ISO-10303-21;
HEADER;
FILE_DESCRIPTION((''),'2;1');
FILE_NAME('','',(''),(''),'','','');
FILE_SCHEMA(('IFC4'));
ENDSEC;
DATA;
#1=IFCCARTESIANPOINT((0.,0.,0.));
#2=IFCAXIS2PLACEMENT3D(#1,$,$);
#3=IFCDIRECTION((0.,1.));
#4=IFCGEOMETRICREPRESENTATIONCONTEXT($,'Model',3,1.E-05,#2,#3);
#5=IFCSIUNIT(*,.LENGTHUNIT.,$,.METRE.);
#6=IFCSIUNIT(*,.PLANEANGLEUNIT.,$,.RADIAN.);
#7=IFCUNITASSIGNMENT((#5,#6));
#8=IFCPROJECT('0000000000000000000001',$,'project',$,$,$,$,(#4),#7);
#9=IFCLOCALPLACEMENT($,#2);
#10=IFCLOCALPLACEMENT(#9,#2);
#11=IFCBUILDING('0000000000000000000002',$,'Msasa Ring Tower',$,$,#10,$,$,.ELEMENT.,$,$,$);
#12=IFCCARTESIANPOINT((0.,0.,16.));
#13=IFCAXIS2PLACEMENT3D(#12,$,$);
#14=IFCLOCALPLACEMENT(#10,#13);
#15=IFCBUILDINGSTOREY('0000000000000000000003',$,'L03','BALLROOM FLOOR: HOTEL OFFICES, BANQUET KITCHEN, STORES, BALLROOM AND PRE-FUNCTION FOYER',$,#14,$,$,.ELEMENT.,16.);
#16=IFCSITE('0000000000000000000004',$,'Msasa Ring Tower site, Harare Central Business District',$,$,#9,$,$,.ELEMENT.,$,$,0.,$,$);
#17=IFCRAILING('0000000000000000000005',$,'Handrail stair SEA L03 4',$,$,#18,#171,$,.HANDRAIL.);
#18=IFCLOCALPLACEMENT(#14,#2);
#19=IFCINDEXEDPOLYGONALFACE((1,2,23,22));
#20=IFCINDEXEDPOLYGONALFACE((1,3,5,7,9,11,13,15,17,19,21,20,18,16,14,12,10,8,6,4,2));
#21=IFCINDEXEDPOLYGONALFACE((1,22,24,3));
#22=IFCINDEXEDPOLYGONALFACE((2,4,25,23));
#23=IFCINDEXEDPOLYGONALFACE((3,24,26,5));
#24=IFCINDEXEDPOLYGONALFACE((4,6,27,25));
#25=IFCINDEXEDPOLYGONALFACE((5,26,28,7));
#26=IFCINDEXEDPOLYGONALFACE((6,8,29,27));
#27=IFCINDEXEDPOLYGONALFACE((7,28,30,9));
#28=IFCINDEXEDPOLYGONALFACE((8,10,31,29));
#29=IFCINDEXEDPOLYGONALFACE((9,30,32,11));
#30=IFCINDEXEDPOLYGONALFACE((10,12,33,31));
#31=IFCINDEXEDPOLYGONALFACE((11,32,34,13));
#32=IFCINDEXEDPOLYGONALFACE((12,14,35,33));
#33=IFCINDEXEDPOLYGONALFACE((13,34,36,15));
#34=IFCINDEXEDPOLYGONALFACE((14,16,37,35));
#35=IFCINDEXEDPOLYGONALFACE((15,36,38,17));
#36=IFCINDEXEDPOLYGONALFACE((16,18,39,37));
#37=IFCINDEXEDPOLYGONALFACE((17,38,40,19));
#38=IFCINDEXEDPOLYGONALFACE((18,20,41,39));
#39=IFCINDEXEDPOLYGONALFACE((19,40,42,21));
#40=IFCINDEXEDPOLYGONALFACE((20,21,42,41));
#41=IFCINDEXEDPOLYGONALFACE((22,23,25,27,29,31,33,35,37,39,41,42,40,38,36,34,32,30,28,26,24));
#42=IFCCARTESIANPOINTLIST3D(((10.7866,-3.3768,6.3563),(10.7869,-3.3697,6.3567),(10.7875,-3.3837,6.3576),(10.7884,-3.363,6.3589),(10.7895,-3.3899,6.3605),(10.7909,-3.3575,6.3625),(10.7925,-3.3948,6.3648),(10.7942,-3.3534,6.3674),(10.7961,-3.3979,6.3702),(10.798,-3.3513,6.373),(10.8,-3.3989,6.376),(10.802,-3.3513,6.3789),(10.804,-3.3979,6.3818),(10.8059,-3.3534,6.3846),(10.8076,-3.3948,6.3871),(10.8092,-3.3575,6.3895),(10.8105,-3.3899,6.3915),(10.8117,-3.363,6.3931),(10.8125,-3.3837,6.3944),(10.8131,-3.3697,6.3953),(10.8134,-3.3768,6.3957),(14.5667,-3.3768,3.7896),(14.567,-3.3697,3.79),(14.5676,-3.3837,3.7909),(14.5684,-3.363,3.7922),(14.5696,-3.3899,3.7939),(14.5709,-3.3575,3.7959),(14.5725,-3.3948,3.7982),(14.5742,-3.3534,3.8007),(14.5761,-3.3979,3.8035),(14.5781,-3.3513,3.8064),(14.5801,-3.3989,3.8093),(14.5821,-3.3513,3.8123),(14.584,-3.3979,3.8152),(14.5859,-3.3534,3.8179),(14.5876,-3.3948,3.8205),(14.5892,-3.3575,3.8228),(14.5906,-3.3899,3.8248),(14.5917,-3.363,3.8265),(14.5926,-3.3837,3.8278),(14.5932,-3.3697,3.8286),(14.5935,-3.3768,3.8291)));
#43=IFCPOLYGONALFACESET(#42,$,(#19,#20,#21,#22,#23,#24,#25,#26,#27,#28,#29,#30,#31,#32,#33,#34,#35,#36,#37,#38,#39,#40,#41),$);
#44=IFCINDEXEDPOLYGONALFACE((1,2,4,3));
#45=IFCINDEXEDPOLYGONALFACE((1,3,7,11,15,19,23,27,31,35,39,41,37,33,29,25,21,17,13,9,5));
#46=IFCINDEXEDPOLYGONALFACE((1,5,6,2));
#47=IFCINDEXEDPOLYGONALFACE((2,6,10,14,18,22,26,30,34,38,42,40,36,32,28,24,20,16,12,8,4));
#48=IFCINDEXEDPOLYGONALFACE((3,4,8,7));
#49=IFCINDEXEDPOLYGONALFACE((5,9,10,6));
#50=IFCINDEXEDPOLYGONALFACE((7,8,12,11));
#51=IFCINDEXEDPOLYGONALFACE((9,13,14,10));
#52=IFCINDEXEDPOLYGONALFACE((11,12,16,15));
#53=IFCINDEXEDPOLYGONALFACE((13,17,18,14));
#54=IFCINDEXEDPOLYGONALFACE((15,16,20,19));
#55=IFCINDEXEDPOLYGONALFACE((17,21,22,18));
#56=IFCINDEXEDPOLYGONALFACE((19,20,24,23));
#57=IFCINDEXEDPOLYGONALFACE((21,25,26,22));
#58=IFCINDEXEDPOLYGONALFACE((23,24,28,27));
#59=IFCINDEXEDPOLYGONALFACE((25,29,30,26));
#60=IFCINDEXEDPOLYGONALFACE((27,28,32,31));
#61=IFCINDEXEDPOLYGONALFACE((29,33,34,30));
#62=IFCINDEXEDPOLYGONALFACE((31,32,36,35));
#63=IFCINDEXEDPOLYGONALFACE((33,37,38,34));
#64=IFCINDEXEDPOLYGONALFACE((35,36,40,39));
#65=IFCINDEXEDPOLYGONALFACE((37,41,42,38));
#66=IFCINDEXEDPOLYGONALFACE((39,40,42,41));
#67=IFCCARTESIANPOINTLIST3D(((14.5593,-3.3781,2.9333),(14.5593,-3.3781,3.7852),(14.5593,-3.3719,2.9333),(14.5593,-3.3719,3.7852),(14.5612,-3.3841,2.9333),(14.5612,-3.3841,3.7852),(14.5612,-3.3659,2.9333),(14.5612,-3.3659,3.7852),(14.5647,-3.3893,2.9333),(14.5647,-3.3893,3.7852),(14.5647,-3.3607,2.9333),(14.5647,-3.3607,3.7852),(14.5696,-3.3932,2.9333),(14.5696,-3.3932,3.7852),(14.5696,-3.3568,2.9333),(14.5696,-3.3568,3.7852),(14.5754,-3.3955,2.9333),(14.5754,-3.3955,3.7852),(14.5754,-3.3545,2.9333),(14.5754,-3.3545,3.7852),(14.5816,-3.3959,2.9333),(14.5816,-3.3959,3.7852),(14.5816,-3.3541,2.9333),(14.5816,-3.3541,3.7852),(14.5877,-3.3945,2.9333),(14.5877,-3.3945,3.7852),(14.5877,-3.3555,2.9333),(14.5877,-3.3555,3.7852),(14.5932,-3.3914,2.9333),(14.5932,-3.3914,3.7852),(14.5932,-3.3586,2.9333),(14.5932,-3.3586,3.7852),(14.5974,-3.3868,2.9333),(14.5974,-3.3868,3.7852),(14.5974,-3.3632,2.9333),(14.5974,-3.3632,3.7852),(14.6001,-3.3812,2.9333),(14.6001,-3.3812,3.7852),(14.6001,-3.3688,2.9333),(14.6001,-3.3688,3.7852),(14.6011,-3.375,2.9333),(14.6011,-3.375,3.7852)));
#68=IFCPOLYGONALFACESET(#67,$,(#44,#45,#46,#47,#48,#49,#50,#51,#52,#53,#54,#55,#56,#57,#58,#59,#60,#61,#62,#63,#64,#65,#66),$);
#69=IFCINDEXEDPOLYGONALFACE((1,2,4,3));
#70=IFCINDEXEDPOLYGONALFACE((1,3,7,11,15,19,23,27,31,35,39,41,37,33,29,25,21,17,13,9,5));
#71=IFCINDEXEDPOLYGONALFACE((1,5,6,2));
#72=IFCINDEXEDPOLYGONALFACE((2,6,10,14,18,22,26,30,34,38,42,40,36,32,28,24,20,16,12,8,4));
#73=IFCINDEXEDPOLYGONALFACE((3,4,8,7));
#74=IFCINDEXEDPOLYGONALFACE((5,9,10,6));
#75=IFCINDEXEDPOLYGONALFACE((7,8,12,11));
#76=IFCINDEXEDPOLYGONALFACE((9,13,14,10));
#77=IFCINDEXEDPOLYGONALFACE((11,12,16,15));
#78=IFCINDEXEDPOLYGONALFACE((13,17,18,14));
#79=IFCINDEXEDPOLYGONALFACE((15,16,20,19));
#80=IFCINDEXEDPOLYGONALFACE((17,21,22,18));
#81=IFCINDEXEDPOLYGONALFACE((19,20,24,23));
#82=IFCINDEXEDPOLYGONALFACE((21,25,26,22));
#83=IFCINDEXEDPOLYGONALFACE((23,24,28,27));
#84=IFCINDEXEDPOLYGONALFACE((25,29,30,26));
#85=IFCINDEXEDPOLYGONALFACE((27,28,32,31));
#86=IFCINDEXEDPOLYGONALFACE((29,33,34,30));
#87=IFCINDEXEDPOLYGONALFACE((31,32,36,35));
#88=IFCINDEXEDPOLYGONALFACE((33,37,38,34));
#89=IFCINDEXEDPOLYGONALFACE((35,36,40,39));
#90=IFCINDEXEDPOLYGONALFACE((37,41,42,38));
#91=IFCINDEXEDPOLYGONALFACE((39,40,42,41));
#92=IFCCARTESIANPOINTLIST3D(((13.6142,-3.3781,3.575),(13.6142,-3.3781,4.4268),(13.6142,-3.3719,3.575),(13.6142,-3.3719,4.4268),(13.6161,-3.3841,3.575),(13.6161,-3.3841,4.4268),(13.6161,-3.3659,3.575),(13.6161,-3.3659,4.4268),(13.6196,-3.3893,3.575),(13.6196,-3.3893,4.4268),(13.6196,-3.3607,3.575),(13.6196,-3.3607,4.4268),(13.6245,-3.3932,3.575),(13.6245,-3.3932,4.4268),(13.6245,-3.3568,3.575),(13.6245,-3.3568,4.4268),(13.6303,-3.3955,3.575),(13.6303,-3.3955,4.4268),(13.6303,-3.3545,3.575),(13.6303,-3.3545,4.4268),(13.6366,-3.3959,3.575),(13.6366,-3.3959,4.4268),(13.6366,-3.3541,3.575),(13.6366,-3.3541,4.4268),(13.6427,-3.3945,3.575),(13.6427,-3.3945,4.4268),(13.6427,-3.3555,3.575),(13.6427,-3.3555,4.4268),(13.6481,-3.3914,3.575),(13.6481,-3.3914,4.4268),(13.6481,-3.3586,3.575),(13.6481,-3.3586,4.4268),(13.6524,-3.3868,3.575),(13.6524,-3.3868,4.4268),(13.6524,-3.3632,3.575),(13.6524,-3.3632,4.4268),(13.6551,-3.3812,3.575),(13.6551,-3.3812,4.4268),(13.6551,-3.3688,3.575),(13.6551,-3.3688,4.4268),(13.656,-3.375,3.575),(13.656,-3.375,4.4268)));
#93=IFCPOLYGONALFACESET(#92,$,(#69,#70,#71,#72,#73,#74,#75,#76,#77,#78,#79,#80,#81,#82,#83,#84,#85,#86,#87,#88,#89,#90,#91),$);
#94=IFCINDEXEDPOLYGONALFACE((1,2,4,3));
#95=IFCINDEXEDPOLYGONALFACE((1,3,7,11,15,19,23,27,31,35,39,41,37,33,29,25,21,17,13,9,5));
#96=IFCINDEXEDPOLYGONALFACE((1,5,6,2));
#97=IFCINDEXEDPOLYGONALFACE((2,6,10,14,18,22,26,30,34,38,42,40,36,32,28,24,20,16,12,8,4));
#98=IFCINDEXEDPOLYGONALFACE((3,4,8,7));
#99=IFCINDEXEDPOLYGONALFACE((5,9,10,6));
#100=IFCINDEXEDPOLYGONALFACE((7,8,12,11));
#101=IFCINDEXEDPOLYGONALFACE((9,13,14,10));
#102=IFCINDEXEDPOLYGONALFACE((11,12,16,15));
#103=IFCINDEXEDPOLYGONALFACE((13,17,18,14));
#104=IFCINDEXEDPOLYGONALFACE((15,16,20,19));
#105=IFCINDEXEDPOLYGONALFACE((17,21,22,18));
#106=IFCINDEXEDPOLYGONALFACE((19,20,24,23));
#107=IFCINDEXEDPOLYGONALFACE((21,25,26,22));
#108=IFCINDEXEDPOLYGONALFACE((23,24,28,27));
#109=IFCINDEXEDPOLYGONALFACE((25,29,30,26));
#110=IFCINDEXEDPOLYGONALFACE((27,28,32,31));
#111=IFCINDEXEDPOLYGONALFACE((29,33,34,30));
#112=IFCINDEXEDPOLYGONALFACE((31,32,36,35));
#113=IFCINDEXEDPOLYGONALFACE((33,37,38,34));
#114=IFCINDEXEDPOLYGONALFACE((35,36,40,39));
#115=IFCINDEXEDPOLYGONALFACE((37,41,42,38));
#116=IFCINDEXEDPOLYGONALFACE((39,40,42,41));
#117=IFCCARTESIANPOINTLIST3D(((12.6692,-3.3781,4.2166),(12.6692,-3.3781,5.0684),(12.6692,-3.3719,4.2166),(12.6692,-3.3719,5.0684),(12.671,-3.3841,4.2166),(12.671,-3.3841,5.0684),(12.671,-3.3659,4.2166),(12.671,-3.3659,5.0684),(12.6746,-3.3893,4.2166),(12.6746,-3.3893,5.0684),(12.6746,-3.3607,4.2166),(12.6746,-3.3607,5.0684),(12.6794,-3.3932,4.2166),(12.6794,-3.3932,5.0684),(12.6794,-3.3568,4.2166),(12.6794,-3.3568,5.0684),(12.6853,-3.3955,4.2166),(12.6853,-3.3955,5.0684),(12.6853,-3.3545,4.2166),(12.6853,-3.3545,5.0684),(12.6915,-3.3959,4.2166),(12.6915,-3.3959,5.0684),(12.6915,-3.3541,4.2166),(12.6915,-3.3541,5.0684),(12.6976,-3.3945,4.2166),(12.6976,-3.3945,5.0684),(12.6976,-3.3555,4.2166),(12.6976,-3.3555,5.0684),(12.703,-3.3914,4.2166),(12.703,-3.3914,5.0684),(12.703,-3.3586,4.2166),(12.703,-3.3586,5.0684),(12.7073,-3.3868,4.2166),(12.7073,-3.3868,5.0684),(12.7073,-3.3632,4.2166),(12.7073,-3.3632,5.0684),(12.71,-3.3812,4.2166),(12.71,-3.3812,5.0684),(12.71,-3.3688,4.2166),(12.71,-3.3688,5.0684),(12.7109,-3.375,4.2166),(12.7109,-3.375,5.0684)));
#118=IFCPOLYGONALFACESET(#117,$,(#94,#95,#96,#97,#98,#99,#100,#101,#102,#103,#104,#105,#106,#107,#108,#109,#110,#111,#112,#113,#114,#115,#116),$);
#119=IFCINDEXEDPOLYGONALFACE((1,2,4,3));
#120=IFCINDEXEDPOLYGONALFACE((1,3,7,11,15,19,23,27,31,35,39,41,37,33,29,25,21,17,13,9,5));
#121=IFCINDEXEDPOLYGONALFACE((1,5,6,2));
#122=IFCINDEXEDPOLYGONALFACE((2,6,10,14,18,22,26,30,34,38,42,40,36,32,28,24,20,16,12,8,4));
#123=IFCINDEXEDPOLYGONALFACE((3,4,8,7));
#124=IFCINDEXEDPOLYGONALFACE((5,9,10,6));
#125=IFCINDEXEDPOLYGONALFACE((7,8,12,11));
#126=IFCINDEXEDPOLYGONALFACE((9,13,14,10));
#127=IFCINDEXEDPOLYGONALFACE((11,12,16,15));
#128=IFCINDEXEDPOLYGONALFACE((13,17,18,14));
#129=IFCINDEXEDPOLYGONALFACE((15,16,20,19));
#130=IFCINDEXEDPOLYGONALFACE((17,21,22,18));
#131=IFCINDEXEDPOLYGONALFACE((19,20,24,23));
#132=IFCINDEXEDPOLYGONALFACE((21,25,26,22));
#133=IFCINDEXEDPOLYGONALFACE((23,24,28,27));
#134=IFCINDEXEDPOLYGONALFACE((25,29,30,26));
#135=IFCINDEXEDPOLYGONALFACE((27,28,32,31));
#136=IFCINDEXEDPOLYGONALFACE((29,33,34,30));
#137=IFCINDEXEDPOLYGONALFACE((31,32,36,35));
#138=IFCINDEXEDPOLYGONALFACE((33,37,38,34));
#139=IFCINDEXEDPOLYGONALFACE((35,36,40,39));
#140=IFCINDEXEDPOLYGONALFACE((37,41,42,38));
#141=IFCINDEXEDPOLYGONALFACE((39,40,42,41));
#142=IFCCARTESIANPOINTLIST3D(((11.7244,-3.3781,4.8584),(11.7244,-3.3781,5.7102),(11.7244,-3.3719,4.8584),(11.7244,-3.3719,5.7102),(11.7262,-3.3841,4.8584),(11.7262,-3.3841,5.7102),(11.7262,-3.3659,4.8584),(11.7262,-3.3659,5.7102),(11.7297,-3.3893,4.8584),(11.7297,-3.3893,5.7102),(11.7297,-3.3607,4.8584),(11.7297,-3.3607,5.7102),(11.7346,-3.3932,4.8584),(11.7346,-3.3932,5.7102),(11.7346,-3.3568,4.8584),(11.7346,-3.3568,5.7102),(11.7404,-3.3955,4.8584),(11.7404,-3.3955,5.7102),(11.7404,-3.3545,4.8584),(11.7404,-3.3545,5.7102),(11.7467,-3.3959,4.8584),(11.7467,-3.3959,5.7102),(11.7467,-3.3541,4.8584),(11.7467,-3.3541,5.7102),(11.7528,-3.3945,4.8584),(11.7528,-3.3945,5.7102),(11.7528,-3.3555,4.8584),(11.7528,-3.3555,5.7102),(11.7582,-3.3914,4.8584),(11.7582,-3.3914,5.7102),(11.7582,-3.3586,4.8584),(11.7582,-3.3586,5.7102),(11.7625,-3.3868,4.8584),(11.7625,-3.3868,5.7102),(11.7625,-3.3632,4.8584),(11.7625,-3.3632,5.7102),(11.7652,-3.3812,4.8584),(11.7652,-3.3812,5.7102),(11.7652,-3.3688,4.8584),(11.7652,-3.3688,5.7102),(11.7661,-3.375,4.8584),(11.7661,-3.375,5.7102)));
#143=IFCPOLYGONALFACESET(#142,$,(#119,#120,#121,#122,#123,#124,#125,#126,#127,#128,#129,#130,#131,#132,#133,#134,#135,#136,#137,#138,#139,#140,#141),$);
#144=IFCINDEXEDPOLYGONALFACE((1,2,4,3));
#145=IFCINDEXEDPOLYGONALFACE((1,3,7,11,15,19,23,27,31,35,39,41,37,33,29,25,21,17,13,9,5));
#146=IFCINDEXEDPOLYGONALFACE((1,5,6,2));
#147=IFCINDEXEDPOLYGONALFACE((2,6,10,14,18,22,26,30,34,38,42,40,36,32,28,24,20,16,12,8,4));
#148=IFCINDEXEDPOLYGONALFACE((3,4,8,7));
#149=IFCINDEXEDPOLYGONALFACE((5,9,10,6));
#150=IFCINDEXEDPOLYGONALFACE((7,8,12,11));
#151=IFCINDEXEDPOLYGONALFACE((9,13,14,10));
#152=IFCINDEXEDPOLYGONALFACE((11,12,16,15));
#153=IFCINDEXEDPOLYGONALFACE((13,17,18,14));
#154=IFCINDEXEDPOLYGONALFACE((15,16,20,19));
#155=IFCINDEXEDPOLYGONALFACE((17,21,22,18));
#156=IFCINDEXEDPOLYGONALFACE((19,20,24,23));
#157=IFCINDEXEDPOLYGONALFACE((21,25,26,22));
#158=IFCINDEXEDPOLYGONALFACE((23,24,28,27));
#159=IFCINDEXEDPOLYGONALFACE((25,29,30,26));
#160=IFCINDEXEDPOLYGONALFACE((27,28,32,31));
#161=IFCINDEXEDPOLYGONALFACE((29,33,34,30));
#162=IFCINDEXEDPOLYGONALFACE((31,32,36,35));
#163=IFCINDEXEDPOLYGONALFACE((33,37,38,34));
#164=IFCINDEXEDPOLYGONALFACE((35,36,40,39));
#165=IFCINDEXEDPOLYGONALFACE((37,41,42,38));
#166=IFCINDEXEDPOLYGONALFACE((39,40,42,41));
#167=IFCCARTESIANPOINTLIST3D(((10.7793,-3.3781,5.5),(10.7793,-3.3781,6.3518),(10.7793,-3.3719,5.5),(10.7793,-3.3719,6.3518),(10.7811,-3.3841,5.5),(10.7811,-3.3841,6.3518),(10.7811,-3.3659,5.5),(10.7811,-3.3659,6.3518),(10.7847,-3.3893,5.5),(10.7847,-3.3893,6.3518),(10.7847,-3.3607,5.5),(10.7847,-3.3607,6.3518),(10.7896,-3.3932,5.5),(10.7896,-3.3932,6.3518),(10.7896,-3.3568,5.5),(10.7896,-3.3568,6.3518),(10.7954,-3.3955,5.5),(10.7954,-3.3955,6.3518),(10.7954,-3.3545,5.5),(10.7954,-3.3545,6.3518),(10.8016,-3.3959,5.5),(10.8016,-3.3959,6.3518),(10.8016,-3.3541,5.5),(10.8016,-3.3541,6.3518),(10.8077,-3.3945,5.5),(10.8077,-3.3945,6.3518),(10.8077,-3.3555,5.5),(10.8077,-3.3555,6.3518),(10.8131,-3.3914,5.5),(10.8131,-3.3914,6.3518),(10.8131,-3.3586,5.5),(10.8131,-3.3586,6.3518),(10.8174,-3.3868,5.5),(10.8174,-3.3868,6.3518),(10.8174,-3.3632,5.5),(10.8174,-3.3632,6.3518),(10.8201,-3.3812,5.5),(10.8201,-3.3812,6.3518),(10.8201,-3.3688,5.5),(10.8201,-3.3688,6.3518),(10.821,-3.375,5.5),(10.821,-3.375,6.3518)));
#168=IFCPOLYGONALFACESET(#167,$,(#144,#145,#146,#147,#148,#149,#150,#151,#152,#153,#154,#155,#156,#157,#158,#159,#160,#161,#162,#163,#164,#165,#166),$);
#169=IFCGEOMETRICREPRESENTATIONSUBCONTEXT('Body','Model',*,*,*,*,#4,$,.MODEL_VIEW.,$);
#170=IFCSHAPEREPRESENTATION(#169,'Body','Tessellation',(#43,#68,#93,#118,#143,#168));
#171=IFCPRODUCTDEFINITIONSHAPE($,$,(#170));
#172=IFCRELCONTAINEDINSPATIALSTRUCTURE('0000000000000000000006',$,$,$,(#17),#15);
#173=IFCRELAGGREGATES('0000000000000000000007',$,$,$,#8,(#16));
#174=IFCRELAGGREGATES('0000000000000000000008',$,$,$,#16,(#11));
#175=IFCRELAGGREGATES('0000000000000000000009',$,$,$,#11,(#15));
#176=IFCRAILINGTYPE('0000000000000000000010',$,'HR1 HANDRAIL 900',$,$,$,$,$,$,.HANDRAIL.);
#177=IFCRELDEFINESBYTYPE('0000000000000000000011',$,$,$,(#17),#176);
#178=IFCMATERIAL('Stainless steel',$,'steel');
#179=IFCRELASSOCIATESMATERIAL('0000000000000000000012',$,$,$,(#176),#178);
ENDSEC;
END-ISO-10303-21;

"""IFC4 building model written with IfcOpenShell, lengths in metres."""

from ifc_helpers import new_model, si_unit, direction, frame, origin, origin_2d, place, context, subcontext, project, spatial, circle, extrude, material, type_object, element, save


model = new_model("IFC4")

# Units and contexts
model_context = context("Model", 3, precision=1e-05, world=origin(), true_north=direction((0.0, 1.0)))
body_context = subcontext(model_context, "Body", "Model", "MODEL_VIEW")
ifc_project = project(units=[si_unit("LENGTHUNIT", "METRE"), si_unit("PLANEANGLEUNIT", "RADIAN")], contexts=[model_context])

# Site, building, storey
site_placement = place(None, origin())
site = spatial("IfcSite", under=ifc_project, at=site_placement, Name="Msasa Ring Tower site, Harare Central Business District", CompositionType="ELEMENT", RefElevation=0.0)
building_placement = place(site_placement, origin())
building = spatial("IfcBuilding", under=site, at=building_placement, Name="Msasa Ring Tower", CompositionType="ELEMENT")
storey_placement = place(building_placement, frame((0.0, 0.0, 16.0)))
storey = spatial("IfcBuildingStorey", under=building, at=storey_placement, Name="L03", Description="BALLROOM FLOOR: HOTEL OFFICES, BANQUET KITCHEN, STORES, BALLROOM AND PRE-FUNCTION FOYER", CompositionType="ELEMENT", Elevation=16.0)

# Railing
ifc_material_1 = material(Name="Stainless steel", Category="steel")
railing_type = type_object("IfcRailingType", Name="HR1 HANDRAIL 900", PredefinedType="HANDRAIL", material=ifc_material_1)
for number, where, name in (
    (1, (14.5801, -3.375, 2.9333), "Handrail stair SEA L03 4"),
):
    element("IfcRailing", number, at=place(storey_placement, frame(where)), inside=storey, type_object=railing_type, Name=name, PredefinedType="HANDRAIL", context=body_context, shape_type="SweptSolid", body=[
        extrude(circle(Radius=0.0239, at=origin_2d()), frame((0.0, 0.0, 0.876), z_axis=(-0.82731, 0.0, 0.561746), x_axis=(0.0, -1.0, 0.0)), (0.0, 0.0, 1.0), 4.5691),
        extrude(circle(Radius=0.021, at=origin_2d()), origin(), (0.0, 0.0, 1.0), 0.8518),
        extrude(circle(Radius=0.021, at=origin_2d()), frame((-0.9451, 0.0, 0.6416)), (0.0, 0.0, 1.0), 0.8518),
        extrude(circle(Radius=0.021, at=origin_2d()), frame((-1.8901, 0.0, 1.2832)), (0.0, 0.0, 1.0), 0.8518),
        extrude(circle(Radius=0.021, at=origin_2d()), frame((-2.835, 0.0, 1.925)), (0.0, 0.0, 1.0), 0.8518),
        extrude(circle(Radius=0.021, at=origin_2d()), frame((-3.78, 0.0, 2.5667)), (0.0, 0.0, 1.0), 0.8518),
    ])

save(model, "model.ifc")
